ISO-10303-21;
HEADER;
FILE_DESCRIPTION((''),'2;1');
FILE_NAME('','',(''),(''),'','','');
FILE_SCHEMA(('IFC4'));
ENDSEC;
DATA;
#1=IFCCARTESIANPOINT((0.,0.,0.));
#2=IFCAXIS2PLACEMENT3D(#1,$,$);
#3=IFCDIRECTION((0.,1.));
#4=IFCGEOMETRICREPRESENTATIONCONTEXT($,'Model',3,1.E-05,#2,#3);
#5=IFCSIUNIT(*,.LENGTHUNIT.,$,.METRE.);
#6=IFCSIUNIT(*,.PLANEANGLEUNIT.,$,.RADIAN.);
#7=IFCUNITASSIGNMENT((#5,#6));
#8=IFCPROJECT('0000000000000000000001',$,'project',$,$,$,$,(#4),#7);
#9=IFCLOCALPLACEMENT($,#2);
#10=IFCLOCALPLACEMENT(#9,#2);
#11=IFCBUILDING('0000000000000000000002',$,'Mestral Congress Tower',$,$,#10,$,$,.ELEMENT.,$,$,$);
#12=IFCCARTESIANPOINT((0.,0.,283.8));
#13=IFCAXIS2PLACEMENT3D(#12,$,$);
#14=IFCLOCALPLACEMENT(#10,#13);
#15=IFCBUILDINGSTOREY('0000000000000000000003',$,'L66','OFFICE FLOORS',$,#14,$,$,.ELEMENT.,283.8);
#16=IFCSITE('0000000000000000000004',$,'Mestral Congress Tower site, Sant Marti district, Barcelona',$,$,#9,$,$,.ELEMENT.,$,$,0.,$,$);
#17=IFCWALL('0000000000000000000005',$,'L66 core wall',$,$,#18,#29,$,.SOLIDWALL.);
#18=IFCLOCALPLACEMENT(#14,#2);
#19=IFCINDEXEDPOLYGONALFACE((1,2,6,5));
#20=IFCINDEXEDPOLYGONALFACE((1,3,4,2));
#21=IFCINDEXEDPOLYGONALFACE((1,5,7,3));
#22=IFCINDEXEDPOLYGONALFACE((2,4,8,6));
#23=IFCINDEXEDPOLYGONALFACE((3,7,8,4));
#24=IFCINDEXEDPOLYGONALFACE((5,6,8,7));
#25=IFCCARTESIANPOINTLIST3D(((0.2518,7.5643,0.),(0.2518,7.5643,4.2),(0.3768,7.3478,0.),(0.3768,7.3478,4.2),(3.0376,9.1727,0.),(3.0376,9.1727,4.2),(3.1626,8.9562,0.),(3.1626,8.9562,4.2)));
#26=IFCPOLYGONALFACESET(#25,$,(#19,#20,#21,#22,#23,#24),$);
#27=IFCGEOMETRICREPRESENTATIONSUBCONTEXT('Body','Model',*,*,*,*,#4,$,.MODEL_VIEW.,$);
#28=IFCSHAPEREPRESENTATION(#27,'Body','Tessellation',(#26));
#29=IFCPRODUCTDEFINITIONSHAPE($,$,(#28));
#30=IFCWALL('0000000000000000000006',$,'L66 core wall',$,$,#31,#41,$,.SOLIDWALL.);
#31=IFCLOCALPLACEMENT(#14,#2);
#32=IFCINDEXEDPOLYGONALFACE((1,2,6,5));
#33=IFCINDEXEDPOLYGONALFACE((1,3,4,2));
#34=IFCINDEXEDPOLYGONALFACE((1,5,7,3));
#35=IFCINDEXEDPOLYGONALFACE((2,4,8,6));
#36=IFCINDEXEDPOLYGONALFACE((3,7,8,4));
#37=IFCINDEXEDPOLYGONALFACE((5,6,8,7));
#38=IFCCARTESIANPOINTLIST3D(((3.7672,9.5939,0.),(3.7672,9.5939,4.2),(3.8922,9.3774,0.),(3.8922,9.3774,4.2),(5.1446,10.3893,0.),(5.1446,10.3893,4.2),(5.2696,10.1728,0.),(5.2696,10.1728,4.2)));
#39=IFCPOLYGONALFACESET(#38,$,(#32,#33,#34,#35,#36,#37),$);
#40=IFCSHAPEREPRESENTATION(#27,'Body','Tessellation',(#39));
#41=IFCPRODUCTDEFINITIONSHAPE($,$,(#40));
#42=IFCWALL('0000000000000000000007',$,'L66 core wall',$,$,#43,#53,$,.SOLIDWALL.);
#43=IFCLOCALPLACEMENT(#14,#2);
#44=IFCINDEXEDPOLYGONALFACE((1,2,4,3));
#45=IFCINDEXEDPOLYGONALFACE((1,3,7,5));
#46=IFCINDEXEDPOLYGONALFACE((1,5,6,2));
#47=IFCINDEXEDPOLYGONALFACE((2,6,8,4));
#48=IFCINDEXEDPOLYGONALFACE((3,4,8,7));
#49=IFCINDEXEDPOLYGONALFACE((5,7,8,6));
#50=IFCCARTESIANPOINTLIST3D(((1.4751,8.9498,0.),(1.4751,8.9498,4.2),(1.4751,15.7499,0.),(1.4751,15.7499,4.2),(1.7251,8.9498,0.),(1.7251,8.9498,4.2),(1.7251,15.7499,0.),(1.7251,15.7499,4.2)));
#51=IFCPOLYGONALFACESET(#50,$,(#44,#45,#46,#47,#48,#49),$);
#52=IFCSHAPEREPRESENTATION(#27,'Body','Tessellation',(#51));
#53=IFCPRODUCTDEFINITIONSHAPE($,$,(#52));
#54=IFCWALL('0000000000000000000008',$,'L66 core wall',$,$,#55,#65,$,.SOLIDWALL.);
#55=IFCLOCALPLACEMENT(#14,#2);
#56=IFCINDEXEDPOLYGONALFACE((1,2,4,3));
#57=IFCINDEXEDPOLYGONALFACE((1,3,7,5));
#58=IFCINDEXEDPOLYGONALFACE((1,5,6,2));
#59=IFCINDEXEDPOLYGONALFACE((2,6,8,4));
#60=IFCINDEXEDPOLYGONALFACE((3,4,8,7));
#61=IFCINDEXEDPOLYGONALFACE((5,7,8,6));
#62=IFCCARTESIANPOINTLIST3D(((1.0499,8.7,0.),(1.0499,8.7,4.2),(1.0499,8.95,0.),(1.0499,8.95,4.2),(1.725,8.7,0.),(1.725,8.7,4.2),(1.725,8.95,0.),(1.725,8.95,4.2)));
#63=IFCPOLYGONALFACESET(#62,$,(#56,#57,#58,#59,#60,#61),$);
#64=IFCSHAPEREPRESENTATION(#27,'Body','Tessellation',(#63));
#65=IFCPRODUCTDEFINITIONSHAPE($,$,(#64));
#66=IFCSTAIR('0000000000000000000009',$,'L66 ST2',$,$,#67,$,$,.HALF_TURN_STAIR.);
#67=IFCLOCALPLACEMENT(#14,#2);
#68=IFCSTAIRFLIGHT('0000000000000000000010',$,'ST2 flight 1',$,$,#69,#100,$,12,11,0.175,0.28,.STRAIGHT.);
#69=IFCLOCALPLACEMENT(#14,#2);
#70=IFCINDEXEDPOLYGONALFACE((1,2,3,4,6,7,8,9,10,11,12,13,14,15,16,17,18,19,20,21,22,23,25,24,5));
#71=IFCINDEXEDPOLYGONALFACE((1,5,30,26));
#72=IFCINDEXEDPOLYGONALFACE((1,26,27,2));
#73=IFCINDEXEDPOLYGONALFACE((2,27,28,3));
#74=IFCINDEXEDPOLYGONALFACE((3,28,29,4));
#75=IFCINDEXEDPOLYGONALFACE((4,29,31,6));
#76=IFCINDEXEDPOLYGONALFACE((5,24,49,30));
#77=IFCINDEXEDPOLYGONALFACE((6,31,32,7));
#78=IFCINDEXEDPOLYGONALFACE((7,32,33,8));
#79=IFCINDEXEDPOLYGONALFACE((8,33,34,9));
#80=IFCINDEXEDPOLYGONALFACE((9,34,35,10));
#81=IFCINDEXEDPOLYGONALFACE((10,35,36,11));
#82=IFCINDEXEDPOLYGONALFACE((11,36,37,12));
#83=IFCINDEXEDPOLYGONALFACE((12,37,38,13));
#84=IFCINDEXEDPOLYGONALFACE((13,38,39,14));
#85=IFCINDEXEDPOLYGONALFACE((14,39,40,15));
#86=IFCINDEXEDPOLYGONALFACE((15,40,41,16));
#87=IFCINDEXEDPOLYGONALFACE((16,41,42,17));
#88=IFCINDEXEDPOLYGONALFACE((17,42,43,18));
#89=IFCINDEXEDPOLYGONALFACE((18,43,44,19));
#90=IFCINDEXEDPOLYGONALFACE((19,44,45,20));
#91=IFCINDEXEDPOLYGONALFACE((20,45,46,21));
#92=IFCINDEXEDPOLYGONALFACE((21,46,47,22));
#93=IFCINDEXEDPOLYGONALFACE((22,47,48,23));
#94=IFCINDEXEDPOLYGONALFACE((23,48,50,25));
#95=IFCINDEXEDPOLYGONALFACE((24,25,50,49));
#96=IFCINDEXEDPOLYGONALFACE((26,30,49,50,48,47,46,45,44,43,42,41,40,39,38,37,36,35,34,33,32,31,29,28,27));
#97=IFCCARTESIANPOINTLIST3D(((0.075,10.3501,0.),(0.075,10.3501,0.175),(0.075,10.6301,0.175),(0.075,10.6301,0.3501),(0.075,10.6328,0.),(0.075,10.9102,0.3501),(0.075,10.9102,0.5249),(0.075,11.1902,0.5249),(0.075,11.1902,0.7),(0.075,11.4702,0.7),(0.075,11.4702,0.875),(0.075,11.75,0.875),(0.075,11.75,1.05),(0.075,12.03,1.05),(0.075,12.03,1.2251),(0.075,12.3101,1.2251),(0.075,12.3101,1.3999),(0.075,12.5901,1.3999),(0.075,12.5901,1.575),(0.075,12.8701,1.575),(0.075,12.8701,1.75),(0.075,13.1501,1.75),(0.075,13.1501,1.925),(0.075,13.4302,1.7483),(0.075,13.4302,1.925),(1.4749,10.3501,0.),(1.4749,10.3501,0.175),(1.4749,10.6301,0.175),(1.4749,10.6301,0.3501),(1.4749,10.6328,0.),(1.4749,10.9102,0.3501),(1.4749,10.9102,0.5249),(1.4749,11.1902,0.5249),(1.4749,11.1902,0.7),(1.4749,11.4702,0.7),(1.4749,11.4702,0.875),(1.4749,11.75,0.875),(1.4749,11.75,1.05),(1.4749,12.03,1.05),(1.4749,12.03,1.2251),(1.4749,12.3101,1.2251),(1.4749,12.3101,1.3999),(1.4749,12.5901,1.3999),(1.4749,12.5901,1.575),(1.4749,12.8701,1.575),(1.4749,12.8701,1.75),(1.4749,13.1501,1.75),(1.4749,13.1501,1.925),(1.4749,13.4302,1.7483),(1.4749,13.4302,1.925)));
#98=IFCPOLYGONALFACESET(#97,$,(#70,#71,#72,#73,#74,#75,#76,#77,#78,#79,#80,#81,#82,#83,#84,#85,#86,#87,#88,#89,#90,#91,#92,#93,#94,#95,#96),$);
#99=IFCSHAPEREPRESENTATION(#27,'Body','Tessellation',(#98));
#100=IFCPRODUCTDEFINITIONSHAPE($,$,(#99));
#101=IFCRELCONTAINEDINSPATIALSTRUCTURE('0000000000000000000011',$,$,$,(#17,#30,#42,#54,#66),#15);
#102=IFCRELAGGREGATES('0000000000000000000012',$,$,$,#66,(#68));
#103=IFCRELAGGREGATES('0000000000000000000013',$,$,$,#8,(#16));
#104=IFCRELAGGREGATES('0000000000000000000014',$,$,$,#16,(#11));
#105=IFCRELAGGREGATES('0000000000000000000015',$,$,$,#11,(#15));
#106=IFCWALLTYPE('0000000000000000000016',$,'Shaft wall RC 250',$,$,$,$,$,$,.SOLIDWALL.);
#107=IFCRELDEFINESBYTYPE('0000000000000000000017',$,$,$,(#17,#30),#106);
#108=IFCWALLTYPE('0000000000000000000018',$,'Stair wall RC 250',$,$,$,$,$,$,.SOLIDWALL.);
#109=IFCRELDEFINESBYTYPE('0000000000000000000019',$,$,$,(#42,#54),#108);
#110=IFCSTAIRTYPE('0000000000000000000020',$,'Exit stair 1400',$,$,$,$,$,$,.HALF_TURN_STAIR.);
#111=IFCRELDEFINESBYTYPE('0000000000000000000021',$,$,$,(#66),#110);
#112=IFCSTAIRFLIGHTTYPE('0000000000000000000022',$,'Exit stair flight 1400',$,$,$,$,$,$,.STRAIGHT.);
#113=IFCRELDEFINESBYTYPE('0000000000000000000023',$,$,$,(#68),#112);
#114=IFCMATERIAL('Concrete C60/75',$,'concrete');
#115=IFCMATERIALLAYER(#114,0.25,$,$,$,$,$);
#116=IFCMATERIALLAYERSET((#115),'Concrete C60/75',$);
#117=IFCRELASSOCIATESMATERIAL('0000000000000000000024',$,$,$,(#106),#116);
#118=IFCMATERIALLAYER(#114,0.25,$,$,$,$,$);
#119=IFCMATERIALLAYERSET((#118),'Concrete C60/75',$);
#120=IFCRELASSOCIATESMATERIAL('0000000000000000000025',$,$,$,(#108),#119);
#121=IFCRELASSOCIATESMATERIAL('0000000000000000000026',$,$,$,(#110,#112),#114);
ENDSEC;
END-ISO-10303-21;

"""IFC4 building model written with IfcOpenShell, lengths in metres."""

from ifc_helpers import new_model, si_unit, direction, frame, frame_2d, origin, place, context, subcontext, project, spatial, polyline, rectangle, outline, extrude, material, layer, layer_set, type_object, element, aggregate, save


model = new_model("IFC4")

# Units and contexts
model_context = context("Model", 3, precision=1e-05, world=origin(), true_north=direction((0.0, 1.0)))
body_context = subcontext(model_context, "Body", "Model", "MODEL_VIEW")
ifc_project = project(units=[si_unit("LENGTHUNIT", "METRE"), si_unit("PLANEANGLEUNIT", "RADIAN")], contexts=[model_context])

# Site, building, storey
site_placement = place(None, origin())
site = spatial("IfcSite", under=ifc_project, at=site_placement, Name="Mestral Congress Tower site, Sant Marti district, Barcelona", CompositionType="ELEMENT", RefElevation=0.0)
building_placement = place(site_placement, origin())
building = spatial("IfcBuilding", under=site, at=building_placement, Name="Mestral Congress Tower", CompositionType="ELEMENT")
storey_placement = place(building_placement, frame((0.0, 0.0, 283.8)))
storey = spatial("IfcBuildingStorey", under=building, at=storey_placement, Name="L66", Description="OFFICE FLOORS", CompositionType="ELEMENT", Elevation=283.8)

# Shared definitions
ifc_material_1 = material(Name="Concrete C60/75", Category="concrete")

# Walls
ifc_layer_1 = layer(ifc_material_1, 0.25)
ifc_layer_set_1 = layer_set([ifc_layer_1], Name="Concrete C60/75")
wall_type_1 = type_object("IfcWallType", Name="Shaft wall RC 250", PredefinedType="SOLIDWALL", material=ifc_layer_set_1)
wall_1_placement = place(storey_placement, frame((3.1001, 9.0645, 0.0), z_axis=(0.0, 0.0, 1.0), x_axis=(-0.86603, -0.499992, 0.0)))
element("IfcWall", 1, at=wall_1_placement, inside=storey, type_object=wall_type_1, Name="L66 core wall", PredefinedType="SOLIDWALL", context=body_context, shape_type="SweptSolid", body=[
    extrude(rectangle(XDim=3.2168, YDim=0.25, at=frame_2d((1.6084, 0.0))), origin(), (0.0, 0.0, 1.0), 4.2),
])
wall_2_placement = place(storey_placement, frame((3.8296, 9.4856, 0.0), z_axis=(0.0, 0.0, 1.0), x_axis=(0.865986, 0.500068, 0.0)))
element("IfcWall", 2, at=wall_2_placement, inside=storey, type_object=wall_type_1, Name="L66 core wall", PredefinedType="SOLIDWALL", context=body_context, shape_type="SweptSolid", body=[
    extrude(rectangle(XDim=1.5906, YDim=0.25, at=frame_2d((0.7954, 0.0))), origin(), (0.0, 0.0, 1.0), 4.2),
])
ifc_layer_2 = layer(ifc_material_1, 0.25)
ifc_layer_set_2 = layer_set([ifc_layer_2], Name="Concrete C60/75")
wall_type_2 = type_object("IfcWallType", Name="Stair wall RC 250", PredefinedType="SOLIDWALL", material=ifc_layer_set_2)
wall_3_placement = place(storey_placement, frame((1.6001, 8.95, 0.0), z_axis=(0.0, 0.0, 1.0), x_axis=(0.0, 1.0, 0.0)))
element("IfcWall", 3, at=wall_3_placement, inside=storey, type_object=wall_type_2, Name="L66 core wall", PredefinedType="SOLIDWALL", context=body_context, shape_type="SweptSolid", body=[
    extrude(rectangle(XDim=6.8, YDim=0.25, at=frame_2d((3.3999, 0.0))), origin(), (0.0, 0.0, 1.0), 4.2),
])
wall_4_placement = place(storey_placement, frame((1.05, 8.825, 0.0), z_axis=(0.0, 0.0, 1.0), x_axis=(1.0, 0.0, 0.0)))
element("IfcWall", 4, at=wall_4_placement, inside=storey, type_object=wall_type_2, Name="L66 core wall", PredefinedType="SOLIDWALL", context=body_context, shape_type="SweptSolid", body=[
    extrude(rectangle(XDim=0.675, YDim=0.25, at=frame_2d((0.3374, 0.0))), origin(), (0.0, 0.0, 1.0), 4.2),
])

# Stair, stair flight
stair_type = type_object("IfcStairType", Name="Exit stair 1400", PredefinedType="HALF_TURN_STAIR", material=ifc_material_1)
stair_placement = place(storey_placement, origin())
stair = element("IfcStair", 5, at=stair_placement, inside=storey, type_object=stair_type, Name="L66 ST2", PredefinedType="HALF_TURN_STAIR")
stair_flight_type = type_object("IfcStairFlightType", Name="Exit stair flight 1400", PredefinedType="STRAIGHT", material=ifc_material_1)
stair_flight_placement = place(storey_placement, frame((0.7749, 10.3501, 0.0), z_axis=(0.0, 0.0, 1.0), x_axis=(0.0, 1.0, 0.0)))
stair_flight = element("IfcStairFlight", 6, at=stair_flight_placement, type_object=stair_flight_type, Name="ST2 flight 1", NumberOfRisers=12, NumberOfTreads=11, PredefinedType="STRAIGHT", RiserHeight=0.175, TreadLength=0.28, context=body_context, shape_type="SweptSolid", body=[
    extrude(outline(polyline([(0.0, 0.0), (0.0, 0.175), (0.28, 0.175), (0.28, 0.3501), (0.5601, 0.3501), (0.5601, 0.5249), (0.8401, 0.5249), (0.8401, 0.7), (1.1201, 0.7), (1.1201, 0.875), (1.3999, 0.875), (1.3999, 1.05), (1.6799, 1.05), (1.6799, 1.2251), (1.96, 1.2251), (1.96, 1.3999), (2.24, 1.3999), (2.24, 1.575), (2.52, 1.575), (2.52, 1.75), (2.8, 1.75), (2.8, 1.925), (3.0801, 1.925), (3.0801, 2.1001), (3.0801, 1.7483), (0.2827, 0.0), (0.0, 0.0)])), frame((0.0, 0.7, 0.0), z_axis=(0.0, -1.0, 0.0), x_axis=(1.0, 0.0, 0.0)), (0.0, 0.0, 1.0), 1.3999),
])
aggregate(stair, [stair_flight])

save(model, "model.ifc")
